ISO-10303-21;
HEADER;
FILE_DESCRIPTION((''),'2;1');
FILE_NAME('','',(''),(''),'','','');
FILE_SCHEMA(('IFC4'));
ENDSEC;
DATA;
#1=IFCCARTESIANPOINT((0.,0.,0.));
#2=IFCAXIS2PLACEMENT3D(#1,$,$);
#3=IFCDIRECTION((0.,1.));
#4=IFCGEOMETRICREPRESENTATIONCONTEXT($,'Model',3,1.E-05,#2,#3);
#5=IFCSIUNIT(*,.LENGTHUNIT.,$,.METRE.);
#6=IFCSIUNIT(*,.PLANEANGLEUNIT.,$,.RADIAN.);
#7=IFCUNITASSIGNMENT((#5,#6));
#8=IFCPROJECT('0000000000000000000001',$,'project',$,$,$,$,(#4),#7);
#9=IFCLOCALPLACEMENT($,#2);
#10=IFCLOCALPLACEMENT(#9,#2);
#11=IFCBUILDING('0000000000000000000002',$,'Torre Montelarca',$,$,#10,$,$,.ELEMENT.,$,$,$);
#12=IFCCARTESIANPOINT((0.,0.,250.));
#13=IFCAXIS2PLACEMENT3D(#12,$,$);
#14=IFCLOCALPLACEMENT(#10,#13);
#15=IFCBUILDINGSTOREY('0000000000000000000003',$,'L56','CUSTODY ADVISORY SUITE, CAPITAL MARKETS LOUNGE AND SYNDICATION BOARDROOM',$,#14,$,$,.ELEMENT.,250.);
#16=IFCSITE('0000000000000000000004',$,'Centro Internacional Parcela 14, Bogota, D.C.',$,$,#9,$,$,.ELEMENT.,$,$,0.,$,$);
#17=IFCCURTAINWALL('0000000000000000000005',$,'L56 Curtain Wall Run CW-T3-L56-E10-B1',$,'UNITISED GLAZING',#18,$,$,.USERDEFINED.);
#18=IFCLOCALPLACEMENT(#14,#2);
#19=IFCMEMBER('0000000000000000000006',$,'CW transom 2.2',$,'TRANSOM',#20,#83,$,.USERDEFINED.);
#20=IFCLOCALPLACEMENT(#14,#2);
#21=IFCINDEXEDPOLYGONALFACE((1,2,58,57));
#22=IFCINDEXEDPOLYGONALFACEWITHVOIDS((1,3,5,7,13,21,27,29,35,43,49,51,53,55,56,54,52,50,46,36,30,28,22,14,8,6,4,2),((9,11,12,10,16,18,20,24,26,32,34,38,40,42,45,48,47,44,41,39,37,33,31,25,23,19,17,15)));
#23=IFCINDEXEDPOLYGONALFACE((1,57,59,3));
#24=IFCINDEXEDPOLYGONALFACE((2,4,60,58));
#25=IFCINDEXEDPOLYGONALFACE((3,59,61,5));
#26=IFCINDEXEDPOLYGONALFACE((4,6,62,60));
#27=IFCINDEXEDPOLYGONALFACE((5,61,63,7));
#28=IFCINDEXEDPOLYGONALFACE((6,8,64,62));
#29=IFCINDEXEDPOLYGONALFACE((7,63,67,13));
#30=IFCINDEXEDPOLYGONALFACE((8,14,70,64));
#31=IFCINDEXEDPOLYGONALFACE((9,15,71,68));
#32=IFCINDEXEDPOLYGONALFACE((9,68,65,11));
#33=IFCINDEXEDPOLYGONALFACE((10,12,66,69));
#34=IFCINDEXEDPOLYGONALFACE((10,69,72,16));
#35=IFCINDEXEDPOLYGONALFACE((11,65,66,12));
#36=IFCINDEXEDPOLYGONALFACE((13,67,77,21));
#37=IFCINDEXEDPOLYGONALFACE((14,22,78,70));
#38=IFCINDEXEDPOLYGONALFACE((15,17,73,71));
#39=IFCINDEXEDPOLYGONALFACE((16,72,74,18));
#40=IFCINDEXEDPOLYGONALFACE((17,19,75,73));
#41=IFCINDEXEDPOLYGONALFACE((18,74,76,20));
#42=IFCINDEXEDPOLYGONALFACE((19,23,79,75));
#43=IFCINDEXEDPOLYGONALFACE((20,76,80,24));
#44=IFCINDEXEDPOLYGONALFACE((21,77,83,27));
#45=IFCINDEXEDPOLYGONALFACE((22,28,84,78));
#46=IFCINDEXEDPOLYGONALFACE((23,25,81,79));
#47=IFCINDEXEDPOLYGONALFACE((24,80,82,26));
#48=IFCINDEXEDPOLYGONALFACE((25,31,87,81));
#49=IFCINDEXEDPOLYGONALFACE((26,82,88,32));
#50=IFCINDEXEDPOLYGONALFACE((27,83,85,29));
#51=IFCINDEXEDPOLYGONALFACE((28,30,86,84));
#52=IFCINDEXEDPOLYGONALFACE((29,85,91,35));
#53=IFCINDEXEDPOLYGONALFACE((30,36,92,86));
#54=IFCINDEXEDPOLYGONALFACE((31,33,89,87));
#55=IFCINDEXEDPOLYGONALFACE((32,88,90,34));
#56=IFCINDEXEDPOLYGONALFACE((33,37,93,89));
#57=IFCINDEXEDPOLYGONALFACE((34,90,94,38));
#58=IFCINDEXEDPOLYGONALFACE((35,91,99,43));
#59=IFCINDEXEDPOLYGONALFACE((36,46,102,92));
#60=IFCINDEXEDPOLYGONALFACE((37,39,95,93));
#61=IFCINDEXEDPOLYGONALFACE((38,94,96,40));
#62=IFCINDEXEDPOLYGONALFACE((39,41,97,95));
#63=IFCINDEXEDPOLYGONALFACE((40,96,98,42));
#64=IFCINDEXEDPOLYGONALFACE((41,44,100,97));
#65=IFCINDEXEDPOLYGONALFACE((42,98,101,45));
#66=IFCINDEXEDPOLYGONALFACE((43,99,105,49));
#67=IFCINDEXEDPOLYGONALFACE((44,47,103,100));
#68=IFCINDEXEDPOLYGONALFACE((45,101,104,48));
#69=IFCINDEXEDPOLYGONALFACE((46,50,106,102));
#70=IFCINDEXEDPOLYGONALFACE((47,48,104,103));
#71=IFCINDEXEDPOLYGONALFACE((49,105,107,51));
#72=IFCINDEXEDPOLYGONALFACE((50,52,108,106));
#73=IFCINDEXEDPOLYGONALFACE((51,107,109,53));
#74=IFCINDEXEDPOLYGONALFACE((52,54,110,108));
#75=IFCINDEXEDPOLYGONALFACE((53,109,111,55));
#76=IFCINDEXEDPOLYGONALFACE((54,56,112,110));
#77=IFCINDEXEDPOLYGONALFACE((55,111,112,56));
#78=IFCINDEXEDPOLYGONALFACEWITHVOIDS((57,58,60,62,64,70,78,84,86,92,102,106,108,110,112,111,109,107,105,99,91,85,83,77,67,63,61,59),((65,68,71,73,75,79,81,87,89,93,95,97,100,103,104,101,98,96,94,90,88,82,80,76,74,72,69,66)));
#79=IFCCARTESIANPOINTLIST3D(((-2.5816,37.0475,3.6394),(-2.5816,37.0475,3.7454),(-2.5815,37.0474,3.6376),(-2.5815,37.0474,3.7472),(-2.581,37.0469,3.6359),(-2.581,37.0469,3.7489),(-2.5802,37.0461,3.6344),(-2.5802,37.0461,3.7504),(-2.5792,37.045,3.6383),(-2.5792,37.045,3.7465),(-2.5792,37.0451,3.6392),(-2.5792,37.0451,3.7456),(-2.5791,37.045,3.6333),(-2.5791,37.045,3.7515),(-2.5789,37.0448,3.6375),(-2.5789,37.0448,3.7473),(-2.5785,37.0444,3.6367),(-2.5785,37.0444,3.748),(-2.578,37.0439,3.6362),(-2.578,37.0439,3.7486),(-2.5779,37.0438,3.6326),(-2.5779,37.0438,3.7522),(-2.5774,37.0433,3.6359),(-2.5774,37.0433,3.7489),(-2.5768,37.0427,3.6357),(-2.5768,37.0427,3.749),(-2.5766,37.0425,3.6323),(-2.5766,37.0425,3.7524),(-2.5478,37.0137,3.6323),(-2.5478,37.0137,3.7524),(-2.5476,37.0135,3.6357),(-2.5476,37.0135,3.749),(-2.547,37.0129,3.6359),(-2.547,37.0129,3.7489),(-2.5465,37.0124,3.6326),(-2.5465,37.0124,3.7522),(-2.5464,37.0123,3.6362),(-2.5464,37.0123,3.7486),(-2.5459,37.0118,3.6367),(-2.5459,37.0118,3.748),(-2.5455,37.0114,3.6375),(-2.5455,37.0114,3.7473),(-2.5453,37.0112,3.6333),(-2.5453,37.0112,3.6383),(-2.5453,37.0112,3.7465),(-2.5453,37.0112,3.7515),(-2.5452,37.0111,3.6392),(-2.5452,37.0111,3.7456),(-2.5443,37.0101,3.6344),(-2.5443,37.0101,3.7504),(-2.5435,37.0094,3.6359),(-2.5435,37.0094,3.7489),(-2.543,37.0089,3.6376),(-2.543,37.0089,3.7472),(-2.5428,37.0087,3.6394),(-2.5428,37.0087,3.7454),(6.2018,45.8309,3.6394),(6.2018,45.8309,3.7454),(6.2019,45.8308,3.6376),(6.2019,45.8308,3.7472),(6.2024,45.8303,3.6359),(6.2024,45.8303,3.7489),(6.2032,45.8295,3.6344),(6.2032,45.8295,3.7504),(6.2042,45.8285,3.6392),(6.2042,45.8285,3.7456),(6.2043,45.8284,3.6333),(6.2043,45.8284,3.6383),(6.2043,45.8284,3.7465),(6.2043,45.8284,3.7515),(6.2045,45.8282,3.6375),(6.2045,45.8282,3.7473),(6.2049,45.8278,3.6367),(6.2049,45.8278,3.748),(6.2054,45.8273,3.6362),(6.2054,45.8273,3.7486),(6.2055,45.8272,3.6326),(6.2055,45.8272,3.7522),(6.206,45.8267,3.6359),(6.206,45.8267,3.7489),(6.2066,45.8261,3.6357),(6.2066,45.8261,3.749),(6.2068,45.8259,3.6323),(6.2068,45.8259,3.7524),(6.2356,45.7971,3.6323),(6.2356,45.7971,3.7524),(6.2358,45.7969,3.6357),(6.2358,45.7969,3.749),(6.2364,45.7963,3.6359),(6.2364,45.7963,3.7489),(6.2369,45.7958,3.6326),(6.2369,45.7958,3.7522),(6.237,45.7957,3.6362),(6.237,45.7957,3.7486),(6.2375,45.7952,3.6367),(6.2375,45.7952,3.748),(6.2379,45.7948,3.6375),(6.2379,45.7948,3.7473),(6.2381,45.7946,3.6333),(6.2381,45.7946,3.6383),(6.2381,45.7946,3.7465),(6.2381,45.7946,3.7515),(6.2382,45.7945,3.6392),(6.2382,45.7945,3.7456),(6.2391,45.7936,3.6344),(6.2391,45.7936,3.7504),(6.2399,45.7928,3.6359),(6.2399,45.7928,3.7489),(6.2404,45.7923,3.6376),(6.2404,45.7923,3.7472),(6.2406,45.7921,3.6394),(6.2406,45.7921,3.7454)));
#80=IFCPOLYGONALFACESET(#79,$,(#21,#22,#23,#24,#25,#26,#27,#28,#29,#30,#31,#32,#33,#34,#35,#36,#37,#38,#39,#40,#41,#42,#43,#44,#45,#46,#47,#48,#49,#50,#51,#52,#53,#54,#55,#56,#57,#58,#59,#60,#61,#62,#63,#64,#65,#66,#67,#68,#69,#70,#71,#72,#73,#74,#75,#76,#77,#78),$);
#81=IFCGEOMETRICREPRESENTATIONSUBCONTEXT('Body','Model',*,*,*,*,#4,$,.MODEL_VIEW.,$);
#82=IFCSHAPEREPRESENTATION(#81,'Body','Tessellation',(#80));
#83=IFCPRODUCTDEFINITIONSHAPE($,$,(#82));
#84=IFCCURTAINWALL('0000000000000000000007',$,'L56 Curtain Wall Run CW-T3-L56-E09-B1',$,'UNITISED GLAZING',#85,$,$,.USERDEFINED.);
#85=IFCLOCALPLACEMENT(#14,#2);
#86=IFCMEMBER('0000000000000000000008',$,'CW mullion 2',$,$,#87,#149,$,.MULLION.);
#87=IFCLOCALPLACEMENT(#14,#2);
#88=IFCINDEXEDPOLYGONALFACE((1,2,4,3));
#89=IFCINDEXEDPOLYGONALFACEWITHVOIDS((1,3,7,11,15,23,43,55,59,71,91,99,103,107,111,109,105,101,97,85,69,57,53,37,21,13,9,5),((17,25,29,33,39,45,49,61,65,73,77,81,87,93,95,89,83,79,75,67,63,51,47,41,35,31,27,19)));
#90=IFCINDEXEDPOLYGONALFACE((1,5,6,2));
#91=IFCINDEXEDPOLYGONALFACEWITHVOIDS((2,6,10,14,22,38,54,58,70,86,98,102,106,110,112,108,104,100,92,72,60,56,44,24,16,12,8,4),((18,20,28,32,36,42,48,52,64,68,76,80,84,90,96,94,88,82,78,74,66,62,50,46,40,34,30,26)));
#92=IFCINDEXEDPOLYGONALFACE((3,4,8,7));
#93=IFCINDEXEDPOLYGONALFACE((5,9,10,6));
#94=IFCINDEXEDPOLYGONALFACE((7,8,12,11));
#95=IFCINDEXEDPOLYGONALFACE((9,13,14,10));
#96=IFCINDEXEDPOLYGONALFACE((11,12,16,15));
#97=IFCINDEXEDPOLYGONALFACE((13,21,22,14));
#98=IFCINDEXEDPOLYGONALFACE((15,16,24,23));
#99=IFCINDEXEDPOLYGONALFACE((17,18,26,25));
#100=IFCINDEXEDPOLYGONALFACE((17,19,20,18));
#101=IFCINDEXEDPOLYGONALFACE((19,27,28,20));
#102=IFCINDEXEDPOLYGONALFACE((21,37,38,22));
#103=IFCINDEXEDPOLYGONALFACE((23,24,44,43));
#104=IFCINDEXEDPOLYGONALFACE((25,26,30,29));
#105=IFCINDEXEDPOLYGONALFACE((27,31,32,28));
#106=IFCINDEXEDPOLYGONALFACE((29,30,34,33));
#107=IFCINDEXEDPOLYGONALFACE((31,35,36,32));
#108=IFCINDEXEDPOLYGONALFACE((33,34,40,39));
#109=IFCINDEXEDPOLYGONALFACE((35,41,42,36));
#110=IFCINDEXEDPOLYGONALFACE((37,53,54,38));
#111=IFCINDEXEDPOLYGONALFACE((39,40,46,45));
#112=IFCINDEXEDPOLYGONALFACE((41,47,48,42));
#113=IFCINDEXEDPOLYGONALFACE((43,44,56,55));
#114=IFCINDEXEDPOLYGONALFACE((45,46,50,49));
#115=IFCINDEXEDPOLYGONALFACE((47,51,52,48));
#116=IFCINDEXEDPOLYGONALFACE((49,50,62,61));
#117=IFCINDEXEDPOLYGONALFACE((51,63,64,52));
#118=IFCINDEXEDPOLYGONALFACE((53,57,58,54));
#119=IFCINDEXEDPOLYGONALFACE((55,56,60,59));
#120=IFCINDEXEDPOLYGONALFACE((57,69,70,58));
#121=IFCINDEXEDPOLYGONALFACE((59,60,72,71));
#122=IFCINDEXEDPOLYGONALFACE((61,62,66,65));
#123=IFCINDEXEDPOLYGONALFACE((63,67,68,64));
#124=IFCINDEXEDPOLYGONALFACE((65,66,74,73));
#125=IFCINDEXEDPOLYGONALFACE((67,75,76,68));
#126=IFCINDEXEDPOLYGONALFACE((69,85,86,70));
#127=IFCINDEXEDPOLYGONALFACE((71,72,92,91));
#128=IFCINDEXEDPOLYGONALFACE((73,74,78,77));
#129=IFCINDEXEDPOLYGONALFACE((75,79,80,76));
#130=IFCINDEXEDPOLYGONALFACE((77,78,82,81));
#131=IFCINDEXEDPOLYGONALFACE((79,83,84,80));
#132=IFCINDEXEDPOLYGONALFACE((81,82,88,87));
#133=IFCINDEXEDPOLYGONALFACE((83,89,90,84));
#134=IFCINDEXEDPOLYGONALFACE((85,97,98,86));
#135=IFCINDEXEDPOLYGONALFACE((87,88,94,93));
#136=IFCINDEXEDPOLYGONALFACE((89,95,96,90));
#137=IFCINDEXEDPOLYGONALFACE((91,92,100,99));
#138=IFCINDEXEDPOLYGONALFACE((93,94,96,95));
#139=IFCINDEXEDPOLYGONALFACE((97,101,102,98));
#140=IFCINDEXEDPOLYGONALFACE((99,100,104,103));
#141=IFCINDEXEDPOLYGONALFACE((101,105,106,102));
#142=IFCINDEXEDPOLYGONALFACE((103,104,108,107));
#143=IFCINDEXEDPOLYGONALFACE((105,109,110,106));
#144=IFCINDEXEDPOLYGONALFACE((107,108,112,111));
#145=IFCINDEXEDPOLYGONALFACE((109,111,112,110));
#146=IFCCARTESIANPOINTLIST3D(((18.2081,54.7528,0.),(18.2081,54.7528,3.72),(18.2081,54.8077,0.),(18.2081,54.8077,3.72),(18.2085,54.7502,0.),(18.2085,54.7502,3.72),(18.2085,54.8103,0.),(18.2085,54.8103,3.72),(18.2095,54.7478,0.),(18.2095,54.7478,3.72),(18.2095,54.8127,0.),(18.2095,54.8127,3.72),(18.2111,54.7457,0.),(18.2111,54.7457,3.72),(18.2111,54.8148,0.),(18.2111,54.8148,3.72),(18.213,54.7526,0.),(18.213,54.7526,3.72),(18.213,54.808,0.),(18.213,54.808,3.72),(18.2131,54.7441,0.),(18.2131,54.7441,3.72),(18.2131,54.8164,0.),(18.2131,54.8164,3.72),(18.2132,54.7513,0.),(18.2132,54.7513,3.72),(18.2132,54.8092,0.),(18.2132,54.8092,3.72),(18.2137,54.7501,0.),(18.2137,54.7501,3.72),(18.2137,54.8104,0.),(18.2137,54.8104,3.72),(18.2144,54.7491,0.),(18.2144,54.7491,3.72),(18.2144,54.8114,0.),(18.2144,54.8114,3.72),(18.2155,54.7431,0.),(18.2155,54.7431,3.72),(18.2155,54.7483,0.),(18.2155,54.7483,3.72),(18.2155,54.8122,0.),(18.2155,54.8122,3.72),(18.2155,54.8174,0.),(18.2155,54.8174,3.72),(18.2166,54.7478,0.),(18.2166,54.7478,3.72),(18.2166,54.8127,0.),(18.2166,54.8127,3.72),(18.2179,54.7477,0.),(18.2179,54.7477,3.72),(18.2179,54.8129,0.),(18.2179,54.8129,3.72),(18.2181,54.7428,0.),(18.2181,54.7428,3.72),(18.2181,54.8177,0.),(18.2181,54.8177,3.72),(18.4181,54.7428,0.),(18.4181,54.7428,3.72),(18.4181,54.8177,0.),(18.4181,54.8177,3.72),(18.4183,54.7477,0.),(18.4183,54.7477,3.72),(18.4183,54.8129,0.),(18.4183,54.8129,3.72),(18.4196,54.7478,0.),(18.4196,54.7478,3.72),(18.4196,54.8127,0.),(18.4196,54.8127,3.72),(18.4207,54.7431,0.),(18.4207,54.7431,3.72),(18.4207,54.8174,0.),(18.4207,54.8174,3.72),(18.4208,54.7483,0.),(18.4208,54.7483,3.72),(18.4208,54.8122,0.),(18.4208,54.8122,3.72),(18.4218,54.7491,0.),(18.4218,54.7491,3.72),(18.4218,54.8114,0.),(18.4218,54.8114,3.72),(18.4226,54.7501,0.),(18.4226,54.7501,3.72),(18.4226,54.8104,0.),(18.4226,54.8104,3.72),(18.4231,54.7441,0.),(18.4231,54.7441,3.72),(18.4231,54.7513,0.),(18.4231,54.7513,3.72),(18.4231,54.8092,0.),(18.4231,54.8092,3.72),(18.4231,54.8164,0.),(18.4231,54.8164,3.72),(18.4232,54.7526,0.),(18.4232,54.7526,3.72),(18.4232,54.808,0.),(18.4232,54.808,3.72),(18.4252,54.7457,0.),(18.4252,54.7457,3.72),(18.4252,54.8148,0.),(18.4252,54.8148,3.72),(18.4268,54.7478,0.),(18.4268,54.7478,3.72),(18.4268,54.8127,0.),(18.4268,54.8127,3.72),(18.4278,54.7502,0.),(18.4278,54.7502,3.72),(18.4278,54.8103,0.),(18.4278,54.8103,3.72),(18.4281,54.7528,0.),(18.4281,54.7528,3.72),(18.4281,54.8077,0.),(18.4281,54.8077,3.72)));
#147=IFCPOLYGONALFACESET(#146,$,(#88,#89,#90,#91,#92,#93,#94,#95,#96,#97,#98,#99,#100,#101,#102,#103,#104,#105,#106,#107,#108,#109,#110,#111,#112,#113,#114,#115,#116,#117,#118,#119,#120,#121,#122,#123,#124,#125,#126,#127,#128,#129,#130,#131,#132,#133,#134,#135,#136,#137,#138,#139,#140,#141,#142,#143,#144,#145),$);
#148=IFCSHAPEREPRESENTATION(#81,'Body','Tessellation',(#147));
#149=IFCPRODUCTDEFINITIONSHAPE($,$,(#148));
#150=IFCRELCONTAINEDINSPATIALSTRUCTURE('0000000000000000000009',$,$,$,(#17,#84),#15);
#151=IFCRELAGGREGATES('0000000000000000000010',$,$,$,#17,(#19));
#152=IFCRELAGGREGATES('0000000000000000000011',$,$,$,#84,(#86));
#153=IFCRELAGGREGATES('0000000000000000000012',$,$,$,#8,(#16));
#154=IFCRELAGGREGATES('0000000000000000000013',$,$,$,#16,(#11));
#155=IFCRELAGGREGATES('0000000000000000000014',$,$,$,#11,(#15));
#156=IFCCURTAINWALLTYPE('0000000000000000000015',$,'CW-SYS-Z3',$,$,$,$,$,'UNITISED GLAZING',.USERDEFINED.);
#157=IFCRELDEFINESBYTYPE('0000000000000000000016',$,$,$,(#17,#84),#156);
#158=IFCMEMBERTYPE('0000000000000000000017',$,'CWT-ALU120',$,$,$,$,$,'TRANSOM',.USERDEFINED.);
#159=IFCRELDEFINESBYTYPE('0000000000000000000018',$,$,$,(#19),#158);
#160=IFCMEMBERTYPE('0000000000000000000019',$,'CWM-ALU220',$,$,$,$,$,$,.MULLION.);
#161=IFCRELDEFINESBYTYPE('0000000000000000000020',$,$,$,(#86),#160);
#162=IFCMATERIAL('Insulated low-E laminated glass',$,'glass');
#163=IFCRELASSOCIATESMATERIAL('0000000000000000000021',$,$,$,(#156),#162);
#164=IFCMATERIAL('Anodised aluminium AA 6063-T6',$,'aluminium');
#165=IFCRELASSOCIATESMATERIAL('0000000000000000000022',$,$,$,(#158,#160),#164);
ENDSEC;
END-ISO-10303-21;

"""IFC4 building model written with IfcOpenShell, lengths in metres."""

from ifc_helpers import new_model, si_unit, direction, frame, origin, origin_2d, place, context, subcontext, project, spatial, hollow_rectangle, extrude, source, transform, mapped, material, material_profile, profile_set, type_object, element, aggregate, save


model = new_model("IFC4")

# Units and contexts
model_context = context("Model", 3, precision=1e-05, world=origin(), true_north=direction((0.0, 1.0)))
body_context = subcontext(model_context, "Body", "Model", "MODEL_VIEW")
ifc_project = project(units=[si_unit("LENGTHUNIT", "METRE"), si_unit("PLANEANGLEUNIT", "RADIAN")], contexts=[model_context])

# Site, building, storey
site_placement = place(None, origin())
site = spatial("IfcSite", under=ifc_project, at=site_placement, Name="Centro Internacional Parcela 14, Bogota, D.C.", CompositionType="ELEMENT", RefElevation=0.0)
building_placement = place(site_placement, origin())
building = spatial("IfcBuilding", under=site, at=building_placement, Name="Torre Montelarca", CompositionType="ELEMENT")
storey_placement = place(building_placement, frame((0.0, 0.0, 250.0)))
storey = spatial("IfcBuildingStorey", under=building, at=storey_placement, Name="L56", Description="CUSTODY ADVISORY SUITE, CAPITAL MARKETS LOUNGE AND SYNDICATION BOARDROOM", CompositionType="ELEMENT", Elevation=250.0)

# Curtain walls, members
ifc_material_1 = material(Name="Insulated low-E laminated glass", Category="glass")
curtain_wall_type = type_object("IfcCurtainWallType", Name="CW-SYS-Z3", ElementType="UNITISED GLAZING", PredefinedType="USERDEFINED", material=ifc_material_1)
curtain_wall_1_placement = place(storey_placement, origin())
curtain_wall_1 = element("IfcCurtainWall", 1, at=curtain_wall_1_placement, inside=storey, type_object=curtain_wall_type, Name="L56 Curtain Wall Run CW-T3-L56-E10-B1", ObjectType="UNITISED GLAZING", PredefinedType="USERDEFINED")
ifc_material_2 = material(Name="Anodised aluminium AA 6063-T6", Category="aluminium")
ifc_material_profile_1 = material_profile(ifc_material_2, hollow_rectangle(XDim=0.0549, YDim=0.1201, WallThickness=0.0034, InnerFilletRadius=0.0034, OuterFilletRadius=0.0071, at=origin_2d()), Name="ALU55X120X3.5", Category="aluminium")
ifc_profile_set_1 = profile_set([ifc_material_profile_1], Name="Anodised aluminium AA 6063-T6")
member_type_1 = type_object("IfcMemberType", Name="CWT-ALU120", ElementType="TRANSOM", PredefinedType="USERDEFINED", material=ifc_profile_set_1)
shared_shape_1 = source(origin(), body_context, "Body", "SweptSolid", [
    extrude(hollow_rectangle(XDim=0.0549, YDim=0.1201, WallThickness=0.0034, InnerFilletRadius=0.0034, OuterFilletRadius=0.0071, at=origin_2d()), origin(), (0.0, 0.0, 1.0), 12.4216),
])
member_1_placement = place(storey_placement, frame((6.2212, 45.8115, 3.6924), z_axis=(-0.707107, -0.707107, 0.0), x_axis=(0.707107, -0.707107, 0.0)))
member_1 = element("IfcMember", 2, at=member_1_placement, type_object=member_type_1, Name="CW transom 2.2", ObjectType="TRANSOM", PredefinedType="USERDEFINED", context=body_context, shape_type="MappedRepresentation", body=[
    mapped(shared_shape_1, transform((0.0, 0.0, 0.0), scale=1.0)),
])
curtain_wall_2_placement = place(storey_placement, origin())
curtain_wall_2 = element("IfcCurtainWall", 3, at=curtain_wall_2_placement, inside=storey, type_object=curtain_wall_type, Name="L56 Curtain Wall Run CW-T3-L56-E09-B1", ObjectType="UNITISED GLAZING", PredefinedType="USERDEFINED")
ifc_material_profile_2 = material_profile(ifc_material_2, hollow_rectangle(XDim=0.075, YDim=0.22, WallThickness=0.0049, InnerFilletRadius=0.0049, OuterFilletRadius=0.01, at=origin_2d()), Name="ALU75X220X5", Category="aluminium")
ifc_profile_set_2 = profile_set([ifc_material_profile_2], Name="Anodised aluminium AA 6063-T6")
member_type_2 = type_object("IfcMemberType", Name="CWM-ALU220", PredefinedType="MULLION", material=ifc_profile_set_2)
shared_shape_2 = source(origin(), body_context, "Body", "SweptSolid", [
    extrude(hollow_rectangle(XDim=0.075, YDim=0.22, WallThickness=0.0049, InnerFilletRadius=0.0049, OuterFilletRadius=0.01, at=origin_2d()), origin(), (0.0, 0.0, 1.0), 3.72),
])
member_2_placement = place(storey_placement, frame((18.3181, 54.7803, 0.0), z_axis=(0.0, 0.0, 1.0), x_axis=(0.0, -1.0, 0.0)))
member_2 = element("IfcMember", 4, at=member_2_placement, type_object=member_type_2, Name="CW mullion 2", PredefinedType="MULLION", context=body_context, shape_type="MappedRepresentation", body=[
    mapped(shared_shape_2, transform((0.0, 0.0, 0.0), scale=1.0)),
])

aggregate(curtain_wall_1, [member_1])
aggregate(curtain_wall_2, [member_2])

save(model, "model.ifc")
